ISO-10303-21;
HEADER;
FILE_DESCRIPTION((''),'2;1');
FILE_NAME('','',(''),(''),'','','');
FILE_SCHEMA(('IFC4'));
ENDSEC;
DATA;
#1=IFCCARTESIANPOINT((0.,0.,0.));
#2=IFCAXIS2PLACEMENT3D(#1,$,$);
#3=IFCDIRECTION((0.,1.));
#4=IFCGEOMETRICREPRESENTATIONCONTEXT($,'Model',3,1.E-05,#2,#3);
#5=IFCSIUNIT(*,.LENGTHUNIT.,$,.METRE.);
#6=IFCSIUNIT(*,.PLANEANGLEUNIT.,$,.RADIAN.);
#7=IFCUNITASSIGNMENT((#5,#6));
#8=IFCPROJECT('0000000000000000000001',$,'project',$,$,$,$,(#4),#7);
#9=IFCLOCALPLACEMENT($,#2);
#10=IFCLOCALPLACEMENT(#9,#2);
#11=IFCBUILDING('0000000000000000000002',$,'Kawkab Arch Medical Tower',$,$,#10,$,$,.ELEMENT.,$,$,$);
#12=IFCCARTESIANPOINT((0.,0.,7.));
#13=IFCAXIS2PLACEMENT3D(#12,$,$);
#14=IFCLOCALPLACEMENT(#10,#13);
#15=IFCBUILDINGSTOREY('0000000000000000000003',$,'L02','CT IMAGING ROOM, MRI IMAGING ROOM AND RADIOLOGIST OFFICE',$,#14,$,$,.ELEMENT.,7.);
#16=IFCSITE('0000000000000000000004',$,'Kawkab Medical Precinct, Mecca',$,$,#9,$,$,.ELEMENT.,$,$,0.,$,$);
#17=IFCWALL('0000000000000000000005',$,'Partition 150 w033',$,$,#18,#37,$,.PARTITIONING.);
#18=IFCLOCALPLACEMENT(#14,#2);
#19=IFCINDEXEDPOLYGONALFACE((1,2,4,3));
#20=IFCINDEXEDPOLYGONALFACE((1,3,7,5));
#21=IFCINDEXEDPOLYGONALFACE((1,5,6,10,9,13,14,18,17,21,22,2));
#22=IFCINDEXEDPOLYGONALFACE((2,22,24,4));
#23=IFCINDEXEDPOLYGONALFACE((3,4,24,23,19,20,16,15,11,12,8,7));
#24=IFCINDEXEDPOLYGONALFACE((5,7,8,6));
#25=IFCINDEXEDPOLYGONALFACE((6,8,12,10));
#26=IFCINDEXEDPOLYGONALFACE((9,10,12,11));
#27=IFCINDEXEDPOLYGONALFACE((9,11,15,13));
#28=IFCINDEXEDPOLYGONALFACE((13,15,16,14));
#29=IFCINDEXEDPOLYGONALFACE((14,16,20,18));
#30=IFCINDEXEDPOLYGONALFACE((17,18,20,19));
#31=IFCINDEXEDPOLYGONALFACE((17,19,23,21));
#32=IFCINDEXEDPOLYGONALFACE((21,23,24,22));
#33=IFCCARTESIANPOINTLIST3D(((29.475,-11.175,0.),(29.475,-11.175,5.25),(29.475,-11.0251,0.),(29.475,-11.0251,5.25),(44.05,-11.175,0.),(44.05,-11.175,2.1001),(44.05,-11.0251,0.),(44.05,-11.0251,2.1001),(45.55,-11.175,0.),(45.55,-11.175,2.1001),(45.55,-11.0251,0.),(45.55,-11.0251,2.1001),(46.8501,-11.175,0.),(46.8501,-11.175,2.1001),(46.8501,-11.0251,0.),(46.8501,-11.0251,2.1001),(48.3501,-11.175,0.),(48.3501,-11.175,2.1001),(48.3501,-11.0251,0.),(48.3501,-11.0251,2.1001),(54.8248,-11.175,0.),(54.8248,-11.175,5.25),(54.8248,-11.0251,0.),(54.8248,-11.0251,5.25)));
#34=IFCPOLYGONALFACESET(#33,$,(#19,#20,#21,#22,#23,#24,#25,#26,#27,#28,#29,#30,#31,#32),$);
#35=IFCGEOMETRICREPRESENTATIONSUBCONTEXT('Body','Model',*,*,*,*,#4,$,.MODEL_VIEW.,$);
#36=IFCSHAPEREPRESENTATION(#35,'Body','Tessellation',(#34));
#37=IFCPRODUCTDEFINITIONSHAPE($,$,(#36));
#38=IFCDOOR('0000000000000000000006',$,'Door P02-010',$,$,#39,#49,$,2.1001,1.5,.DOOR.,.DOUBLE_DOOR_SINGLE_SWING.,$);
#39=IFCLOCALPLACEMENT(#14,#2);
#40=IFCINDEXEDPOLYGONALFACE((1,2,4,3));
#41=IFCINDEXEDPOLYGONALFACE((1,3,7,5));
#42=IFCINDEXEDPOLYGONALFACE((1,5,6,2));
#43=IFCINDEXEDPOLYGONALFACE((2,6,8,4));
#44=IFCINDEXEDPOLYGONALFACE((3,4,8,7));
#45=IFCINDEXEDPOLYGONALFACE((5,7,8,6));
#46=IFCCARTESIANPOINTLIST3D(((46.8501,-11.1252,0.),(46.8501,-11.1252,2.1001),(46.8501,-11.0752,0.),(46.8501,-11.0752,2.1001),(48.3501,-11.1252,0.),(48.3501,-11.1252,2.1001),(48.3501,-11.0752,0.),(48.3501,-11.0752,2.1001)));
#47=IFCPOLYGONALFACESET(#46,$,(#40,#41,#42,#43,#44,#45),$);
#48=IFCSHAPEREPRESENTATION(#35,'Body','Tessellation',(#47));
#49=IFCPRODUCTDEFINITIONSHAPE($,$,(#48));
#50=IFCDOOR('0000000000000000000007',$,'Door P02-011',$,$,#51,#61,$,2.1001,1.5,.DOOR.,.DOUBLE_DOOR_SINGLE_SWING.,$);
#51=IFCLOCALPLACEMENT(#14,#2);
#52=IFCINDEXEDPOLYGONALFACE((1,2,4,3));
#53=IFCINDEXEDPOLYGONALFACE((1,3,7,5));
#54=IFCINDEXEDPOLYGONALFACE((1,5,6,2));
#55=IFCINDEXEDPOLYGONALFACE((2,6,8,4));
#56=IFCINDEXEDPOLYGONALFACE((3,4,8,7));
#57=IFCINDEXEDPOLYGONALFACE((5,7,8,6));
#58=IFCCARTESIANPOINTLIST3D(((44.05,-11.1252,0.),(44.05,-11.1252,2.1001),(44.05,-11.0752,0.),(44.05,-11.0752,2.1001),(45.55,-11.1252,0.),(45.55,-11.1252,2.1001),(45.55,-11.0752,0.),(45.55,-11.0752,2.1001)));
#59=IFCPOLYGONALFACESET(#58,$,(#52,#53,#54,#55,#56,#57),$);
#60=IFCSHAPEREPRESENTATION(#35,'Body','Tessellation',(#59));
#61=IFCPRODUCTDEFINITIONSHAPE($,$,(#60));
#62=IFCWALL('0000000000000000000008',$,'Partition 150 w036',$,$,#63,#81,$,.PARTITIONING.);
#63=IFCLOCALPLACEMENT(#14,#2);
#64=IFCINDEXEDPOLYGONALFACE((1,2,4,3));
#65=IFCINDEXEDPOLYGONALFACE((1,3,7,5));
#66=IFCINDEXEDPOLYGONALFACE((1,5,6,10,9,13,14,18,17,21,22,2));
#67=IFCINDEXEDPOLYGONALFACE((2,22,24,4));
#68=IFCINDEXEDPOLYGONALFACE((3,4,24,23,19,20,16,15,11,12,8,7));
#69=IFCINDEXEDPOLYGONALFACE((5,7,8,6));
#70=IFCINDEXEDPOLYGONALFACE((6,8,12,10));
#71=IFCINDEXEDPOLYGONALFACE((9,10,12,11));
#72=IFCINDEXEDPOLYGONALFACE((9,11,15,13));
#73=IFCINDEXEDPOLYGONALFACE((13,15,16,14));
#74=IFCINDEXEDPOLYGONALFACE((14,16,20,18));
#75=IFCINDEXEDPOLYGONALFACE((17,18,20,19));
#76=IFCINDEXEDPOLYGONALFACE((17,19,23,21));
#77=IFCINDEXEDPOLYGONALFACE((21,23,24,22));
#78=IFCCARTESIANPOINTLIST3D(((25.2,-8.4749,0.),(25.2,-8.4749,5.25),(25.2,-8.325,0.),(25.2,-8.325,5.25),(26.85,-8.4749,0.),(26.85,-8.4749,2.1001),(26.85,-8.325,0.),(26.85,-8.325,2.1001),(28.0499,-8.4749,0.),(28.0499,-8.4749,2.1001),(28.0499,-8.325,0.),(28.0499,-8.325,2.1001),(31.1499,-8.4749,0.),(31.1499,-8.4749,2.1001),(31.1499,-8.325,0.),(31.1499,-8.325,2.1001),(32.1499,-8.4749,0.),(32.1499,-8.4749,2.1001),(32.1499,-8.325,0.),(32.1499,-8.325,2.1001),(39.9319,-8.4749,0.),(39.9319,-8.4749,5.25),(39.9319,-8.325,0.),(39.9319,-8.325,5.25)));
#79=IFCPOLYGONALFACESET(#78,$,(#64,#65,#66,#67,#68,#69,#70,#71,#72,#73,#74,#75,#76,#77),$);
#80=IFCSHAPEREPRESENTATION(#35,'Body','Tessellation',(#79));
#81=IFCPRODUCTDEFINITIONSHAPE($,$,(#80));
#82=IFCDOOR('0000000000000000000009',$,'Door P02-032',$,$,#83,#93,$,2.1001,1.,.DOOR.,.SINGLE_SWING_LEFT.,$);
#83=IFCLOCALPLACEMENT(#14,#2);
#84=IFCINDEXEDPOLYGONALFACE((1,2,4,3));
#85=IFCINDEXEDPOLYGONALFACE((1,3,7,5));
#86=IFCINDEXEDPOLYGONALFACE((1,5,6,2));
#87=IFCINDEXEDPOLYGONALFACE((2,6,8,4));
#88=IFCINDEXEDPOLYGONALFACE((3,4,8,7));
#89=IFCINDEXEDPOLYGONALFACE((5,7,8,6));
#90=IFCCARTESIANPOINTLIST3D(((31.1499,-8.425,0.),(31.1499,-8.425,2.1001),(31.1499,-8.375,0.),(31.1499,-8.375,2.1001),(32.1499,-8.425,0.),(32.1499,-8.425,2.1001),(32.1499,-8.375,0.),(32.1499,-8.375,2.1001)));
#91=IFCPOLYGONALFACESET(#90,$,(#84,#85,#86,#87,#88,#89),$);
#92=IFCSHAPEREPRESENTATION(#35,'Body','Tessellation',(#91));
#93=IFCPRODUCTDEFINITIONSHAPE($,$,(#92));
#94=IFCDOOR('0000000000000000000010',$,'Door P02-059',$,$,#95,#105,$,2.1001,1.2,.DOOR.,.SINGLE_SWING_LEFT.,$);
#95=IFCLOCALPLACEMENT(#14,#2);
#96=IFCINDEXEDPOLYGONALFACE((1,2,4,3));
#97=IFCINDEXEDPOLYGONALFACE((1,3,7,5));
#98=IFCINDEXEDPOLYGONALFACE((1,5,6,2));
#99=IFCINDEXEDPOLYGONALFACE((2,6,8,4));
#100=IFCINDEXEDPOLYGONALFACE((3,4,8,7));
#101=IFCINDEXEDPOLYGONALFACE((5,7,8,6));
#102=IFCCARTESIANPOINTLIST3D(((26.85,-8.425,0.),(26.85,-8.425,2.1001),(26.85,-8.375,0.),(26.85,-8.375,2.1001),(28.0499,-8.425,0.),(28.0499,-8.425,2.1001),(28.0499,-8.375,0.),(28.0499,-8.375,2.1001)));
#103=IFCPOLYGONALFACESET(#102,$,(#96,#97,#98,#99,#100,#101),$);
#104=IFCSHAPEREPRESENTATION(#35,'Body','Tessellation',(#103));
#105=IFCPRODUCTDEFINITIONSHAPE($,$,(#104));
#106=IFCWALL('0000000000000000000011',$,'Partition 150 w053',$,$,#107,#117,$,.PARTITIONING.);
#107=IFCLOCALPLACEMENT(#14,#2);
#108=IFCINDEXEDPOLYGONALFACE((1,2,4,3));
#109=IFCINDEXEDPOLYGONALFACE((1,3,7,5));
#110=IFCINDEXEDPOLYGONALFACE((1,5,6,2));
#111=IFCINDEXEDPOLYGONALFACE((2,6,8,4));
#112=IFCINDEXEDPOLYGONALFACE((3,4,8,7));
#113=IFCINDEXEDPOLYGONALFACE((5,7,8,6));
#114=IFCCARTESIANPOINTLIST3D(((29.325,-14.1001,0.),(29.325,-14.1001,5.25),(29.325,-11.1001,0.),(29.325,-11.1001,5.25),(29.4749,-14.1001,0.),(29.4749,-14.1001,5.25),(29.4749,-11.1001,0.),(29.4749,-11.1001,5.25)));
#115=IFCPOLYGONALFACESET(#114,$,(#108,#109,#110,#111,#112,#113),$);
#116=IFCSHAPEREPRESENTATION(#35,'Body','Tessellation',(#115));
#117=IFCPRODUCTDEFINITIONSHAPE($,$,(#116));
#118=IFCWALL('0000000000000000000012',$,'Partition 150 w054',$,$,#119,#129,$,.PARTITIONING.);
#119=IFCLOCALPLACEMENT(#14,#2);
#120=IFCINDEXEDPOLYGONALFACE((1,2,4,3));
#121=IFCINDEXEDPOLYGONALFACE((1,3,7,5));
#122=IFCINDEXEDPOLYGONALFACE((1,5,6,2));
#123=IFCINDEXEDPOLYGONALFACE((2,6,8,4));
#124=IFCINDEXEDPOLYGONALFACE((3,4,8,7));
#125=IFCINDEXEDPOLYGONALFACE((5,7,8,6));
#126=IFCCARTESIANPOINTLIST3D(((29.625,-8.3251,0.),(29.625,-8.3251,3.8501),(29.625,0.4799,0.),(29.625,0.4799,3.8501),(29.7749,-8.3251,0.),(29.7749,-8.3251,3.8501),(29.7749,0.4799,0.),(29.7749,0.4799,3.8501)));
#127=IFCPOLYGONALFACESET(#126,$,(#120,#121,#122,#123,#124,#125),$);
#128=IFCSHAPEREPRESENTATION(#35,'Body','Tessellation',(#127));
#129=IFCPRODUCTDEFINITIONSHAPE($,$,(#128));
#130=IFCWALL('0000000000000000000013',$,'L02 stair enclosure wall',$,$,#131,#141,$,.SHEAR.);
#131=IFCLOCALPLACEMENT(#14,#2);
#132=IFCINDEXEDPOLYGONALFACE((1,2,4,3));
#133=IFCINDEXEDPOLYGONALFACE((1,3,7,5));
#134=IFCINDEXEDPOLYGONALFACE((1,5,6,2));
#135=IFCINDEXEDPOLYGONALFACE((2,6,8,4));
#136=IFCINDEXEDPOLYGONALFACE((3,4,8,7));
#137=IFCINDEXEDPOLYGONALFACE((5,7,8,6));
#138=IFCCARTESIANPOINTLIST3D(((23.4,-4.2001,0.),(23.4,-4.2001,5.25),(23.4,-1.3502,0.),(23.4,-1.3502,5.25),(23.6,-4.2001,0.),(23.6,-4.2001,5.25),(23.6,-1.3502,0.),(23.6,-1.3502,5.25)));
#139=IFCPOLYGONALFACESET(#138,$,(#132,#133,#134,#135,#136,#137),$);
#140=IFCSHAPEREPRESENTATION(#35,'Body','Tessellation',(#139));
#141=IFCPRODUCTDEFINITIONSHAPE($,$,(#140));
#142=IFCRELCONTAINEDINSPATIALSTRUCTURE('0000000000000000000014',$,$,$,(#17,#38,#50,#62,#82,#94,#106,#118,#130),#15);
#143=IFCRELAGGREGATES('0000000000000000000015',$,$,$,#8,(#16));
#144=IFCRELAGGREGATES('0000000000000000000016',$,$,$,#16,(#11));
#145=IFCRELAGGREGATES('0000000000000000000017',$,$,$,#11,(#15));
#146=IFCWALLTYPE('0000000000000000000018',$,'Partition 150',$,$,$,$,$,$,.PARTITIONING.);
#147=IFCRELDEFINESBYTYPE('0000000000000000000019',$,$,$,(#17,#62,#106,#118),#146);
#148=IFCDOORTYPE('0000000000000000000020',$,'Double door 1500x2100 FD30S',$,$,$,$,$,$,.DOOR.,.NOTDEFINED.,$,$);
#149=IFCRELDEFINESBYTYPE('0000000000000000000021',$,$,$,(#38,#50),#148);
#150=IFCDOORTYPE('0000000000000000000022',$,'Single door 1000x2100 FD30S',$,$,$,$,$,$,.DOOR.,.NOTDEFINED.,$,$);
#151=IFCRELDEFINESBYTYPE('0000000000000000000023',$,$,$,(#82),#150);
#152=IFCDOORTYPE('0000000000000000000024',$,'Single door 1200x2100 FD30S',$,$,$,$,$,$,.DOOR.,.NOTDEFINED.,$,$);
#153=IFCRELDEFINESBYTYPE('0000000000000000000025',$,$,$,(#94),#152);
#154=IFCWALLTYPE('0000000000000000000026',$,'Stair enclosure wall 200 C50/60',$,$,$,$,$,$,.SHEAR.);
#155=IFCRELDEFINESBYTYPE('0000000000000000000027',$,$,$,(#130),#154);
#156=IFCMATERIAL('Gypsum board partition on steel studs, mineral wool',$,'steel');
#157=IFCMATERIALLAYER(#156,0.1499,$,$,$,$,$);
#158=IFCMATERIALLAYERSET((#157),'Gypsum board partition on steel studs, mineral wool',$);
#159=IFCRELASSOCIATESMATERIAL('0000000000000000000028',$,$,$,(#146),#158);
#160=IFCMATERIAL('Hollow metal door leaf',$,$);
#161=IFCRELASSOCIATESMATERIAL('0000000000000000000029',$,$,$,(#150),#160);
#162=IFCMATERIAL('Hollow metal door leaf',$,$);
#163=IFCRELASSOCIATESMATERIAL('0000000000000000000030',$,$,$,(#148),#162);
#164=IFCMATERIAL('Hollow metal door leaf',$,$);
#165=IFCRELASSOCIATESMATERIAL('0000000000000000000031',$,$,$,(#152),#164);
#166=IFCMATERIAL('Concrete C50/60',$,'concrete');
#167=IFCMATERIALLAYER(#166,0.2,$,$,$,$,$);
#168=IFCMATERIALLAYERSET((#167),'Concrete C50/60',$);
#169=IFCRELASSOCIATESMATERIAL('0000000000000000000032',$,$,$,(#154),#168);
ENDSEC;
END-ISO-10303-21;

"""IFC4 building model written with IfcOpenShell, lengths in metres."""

from ifc_helpers import new_model, si_unit, direction, frame, frame_2d, origin, place, context, subcontext, project, spatial, rectangle, extrude, material, layer, layer_set, type_object, element, fill, save


model = new_model("IFC4")

# Units and contexts
model_context = context("Model", 3, precision=1e-05, world=origin(), true_north=direction((0.0, 1.0)))
body_context = subcontext(model_context, "Body", "Model", "MODEL_VIEW")
ifc_project = project(units=[si_unit("LENGTHUNIT", "METRE"), si_unit("PLANEANGLEUNIT", "RADIAN")], contexts=[model_context])

# Site, building, storey
site_placement = place(None, origin())
site = spatial("IfcSite", under=ifc_project, at=site_placement, Name="Kawkab Medical Precinct, Mecca", CompositionType="ELEMENT", RefElevation=0.0)
building_placement = place(site_placement, origin())
building = spatial("IfcBuilding", under=site, at=building_placement, Name="Kawkab Arch Medical Tower", CompositionType="ELEMENT")
storey_placement = place(building_placement, frame((0.0, 0.0, 7.0)))
storey = spatial("IfcBuildingStorey", under=building, at=storey_placement, Name="L02", Description="CT IMAGING ROOM, MRI IMAGING ROOM AND RADIOLOGIST OFFICE", CompositionType="ELEMENT", Elevation=7.0)

# Shared definitions
ifc_material_1 = material(Name="Gypsum board partition on steel studs, mineral wool", Category="steel")
ifc_layer_1 = layer(ifc_material_1, 0.1499)
ifc_layer_set_1 = layer_set([ifc_layer_1], Name="Gypsum board partition on steel studs, mineral wool")
wall_type_1 = type_object("IfcWallType", Name="Partition 150", PredefinedType="PARTITIONING", material=ifc_layer_set_1)
ifc_material_2 = material(Name="Hollow metal door leaf")
door_type_1 = type_object("IfcDoorType", Name="Single door 1000x2100 FD30S", OperationType="NOTDEFINED", PredefinedType="DOOR", material=ifc_material_2)

# Walls, openings, doors
wall_1_placement = place(storey_placement, frame((29.4751, -11.1001, 0.0), z_axis=(0.0, 0.0, 1.0), x_axis=(1.0, 0.0, 0.0)))
wall_1 = element("IfcWall", 1, at=wall_1_placement, inside=storey, type_object=wall_type_1, Name="Partition 150 w033", PredefinedType="PARTITIONING", context=body_context, shape_type="SweptSolid", body=[
    extrude(rectangle(XDim=25.3499, YDim=0.1499, at=frame_2d((12.6748, 0.0))), origin(), (0.0, 0.0, 1.0), 5.25),
])
opening_1_placement = place(wall_1_placement, frame((17.375, 0.0, 0.0)))
opening_1 = element("IfcOpeningElement", 2, at=opening_1_placement, cuts=wall_1, PredefinedType="OPENING", context=body_context, shape_type="SweptSolid", body=[
    extrude(rectangle(XDim=1.5, YDim=2.1001, at=frame_2d((0.75, 1.05))), frame((0.0, 0.085, 0.0), z_axis=(0.0, -1.0, 0.0), x_axis=(1.0, 0.0, 0.0)), (0.0, 0.0, 1.0), 0.1699),
])
opening_2_placement = place(wall_1_placement, frame((14.575, 0.0, 0.0)))
opening_2 = element("IfcOpeningElement", 3, at=opening_2_placement, cuts=wall_1, PredefinedType="OPENING", context=body_context, shape_type="SweptSolid", body=[
    extrude(rectangle(XDim=1.5, YDim=2.1001, at=frame_2d((0.75, 1.05))), frame((0.0, 0.085, 0.0), z_axis=(0.0, -1.0, 0.0), x_axis=(1.0, 0.0, 0.0)), (0.0, 0.0, 1.0), 0.1699),
])
ifc_material_3 = material(Name="Hollow metal door leaf")
door_type_2 = type_object("IfcDoorType", Name="Double door 1500x2100 FD30S", OperationType="NOTDEFINED", PredefinedType="DOOR", material=ifc_material_3)
door_1_placement = place(opening_1_placement, origin())
door_1 = element("IfcDoor", 4, at=door_1_placement, inside=storey, type_object=door_type_2, Name="Door P02-010", OperationType="DOUBLE_DOOR_SINGLE_SWING", OverallHeight=2.1001, OverallWidth=1.5, PredefinedType="DOOR", context=body_context, shape_type="SweptSolid", body=[
    extrude(rectangle(XDim=1.5, YDim=2.1001, at=frame_2d((0.75, 1.05))), frame((0.0, 0.0249, 0.0), z_axis=(0.0, -1.0, 0.0), x_axis=(1.0, 0.0, 0.0)), (0.0, 0.0, 1.0), 0.05),
])
fill(opening_1, door_1)
door_2_placement = place(opening_2_placement, origin())
door_2 = element("IfcDoor", 5, at=door_2_placement, inside=storey, type_object=door_type_2, Name="Door P02-011", OperationType="DOUBLE_DOOR_SINGLE_SWING", OverallHeight=2.1001, OverallWidth=1.5, PredefinedType="DOOR", context=body_context, shape_type="SweptSolid", body=[
    extrude(rectangle(XDim=1.5, YDim=2.1001, at=frame_2d((0.75, 1.05))), frame((0.0, 0.0249, 0.0), z_axis=(0.0, -1.0, 0.0), x_axis=(1.0, 0.0, 0.0)), (0.0, 0.0, 1.0), 0.05),
])
fill(opening_2, door_2)
wall_2_placement = place(storey_placement, frame((25.2, -8.3999, 0.0), z_axis=(0.0, 0.0, 1.0), x_axis=(1.0, 0.0, 0.0)))
wall_2 = element("IfcWall", 6, at=wall_2_placement, inside=storey, type_object=wall_type_1, Name="Partition 150 w036", PredefinedType="PARTITIONING", context=body_context, shape_type="SweptSolid", body=[
    extrude(rectangle(XDim=14.7319, YDim=0.1499, at=frame_2d((7.366, 0.0))), origin(), (0.0, 0.0, 1.0), 5.25),
])
opening_3_placement = place(wall_2_placement, frame((1.6499, 0.0, 0.0)))
opening_3 = element("IfcOpeningElement", 7, at=opening_3_placement, cuts=wall_2, PredefinedType="OPENING", context=body_context, shape_type="SweptSolid", body=[
    extrude(rectangle(XDim=1.2, YDim=2.1001, at=frame_2d((0.6001, 1.05))), frame((0.0, 0.085, 0.0), z_axis=(0.0, -1.0, 0.0), x_axis=(1.0, 0.0, 0.0)), (0.0, 0.0, 1.0), 0.1699),
])
opening_4_placement = place(wall_2_placement, frame((5.95, 0.0, 0.0)))
opening_4 = element("IfcOpeningElement", 8, at=opening_4_placement, cuts=wall_2, PredefinedType="OPENING", context=body_context, shape_type="SweptSolid", body=[
    extrude(rectangle(XDim=1.0, YDim=2.1001, at=frame_2d((0.5, 1.05))), frame((0.0, 0.085, 0.0), z_axis=(0.0, -1.0, 0.0), x_axis=(1.0, 0.0, 0.0)), (0.0, 0.0, 1.0), 0.1699),
])
door_3_placement = place(opening_4_placement, origin())
door_3 = element("IfcDoor", 9, at=door_3_placement, inside=storey, type_object=door_type_1, Name="Door P02-032", OperationType="SINGLE_SWING_LEFT", OverallHeight=2.1001, OverallWidth=1.0, PredefinedType="DOOR", context=body_context, shape_type="SweptSolid", body=[
    extrude(rectangle(XDim=1.0, YDim=2.1001, at=frame_2d((0.5, 1.05))), frame((0.0, 0.0249, 0.0), z_axis=(0.0, -1.0, 0.0), x_axis=(1.0, 0.0, 0.0)), (0.0, 0.0, 1.0), 0.05),
])
fill(opening_4, door_3)
ifc_material_4 = material(Name="Hollow metal door leaf")
door_type_3 = type_object("IfcDoorType", Name="Single door 1200x2100 FD30S", OperationType="NOTDEFINED", PredefinedType="DOOR", material=ifc_material_4)
door_4_placement = place(opening_3_placement, origin())
door_4 = element("IfcDoor", 10, at=door_4_placement, inside=storey, type_object=door_type_3, Name="Door P02-059", OperationType="SINGLE_SWING_LEFT", OverallHeight=2.1001, OverallWidth=1.2, PredefinedType="DOOR", context=body_context, shape_type="SweptSolid", body=[
    extrude(rectangle(XDim=1.2, YDim=2.1001, at=frame_2d((0.6001, 1.05))), frame((0.0, 0.0249, 0.0), z_axis=(0.0, -1.0, 0.0), x_axis=(1.0, 0.0, 0.0)), (0.0, 0.0, 1.0), 0.05),
])
fill(opening_3, door_4)

# Walls
wall_3_placement = place(storey_placement, frame((29.3999, -14.1001, 0.0), z_axis=(0.0, 0.0, 1.0), x_axis=(0.0, 1.0, 0.0)))
element("IfcWall", 11, at=wall_3_placement, inside=storey, type_object=wall_type_1, Name="Partition 150 w053", PredefinedType="PARTITIONING", context=body_context, shape_type="SweptSolid", body=[
    extrude(rectangle(XDim=3.0, YDim=0.1499, at=frame_2d((1.5, 0.0))), origin(), (0.0, 0.0, 1.0), 5.25),
])
wall_4_placement = place(storey_placement, frame((29.7, -8.325, 0.0), z_axis=(0.0, 0.0, 1.0), x_axis=(0.0, 1.0, 0.0)))
element("IfcWall", 12, at=wall_4_placement, inside=storey, type_object=wall_type_1, Name="Partition 150 w054", PredefinedType="PARTITIONING", context=body_context, shape_type="SweptSolid", body=[
    extrude(rectangle(XDim=8.8049, YDim=0.1499, at=frame_2d((4.4023, 0.0))), origin(), (0.0, 0.0, 1.0), 3.8501),
])
ifc_material_5 = material(Name="Concrete C50/60", Category="concrete")
ifc_layer_2 = layer(ifc_material_5, 0.2)
ifc_layer_set_2 = layer_set([ifc_layer_2], Name="Concrete C50/60")
wall_type_2 = type_object("IfcWallType", Name="Stair enclosure wall 200 C50/60", PredefinedType="SHEAR", material=ifc_layer_set_2)
wall_5_placement = place(storey_placement, frame((23.5, -4.2, 0.0), z_axis=(0.0, 0.0, 1.0), x_axis=(0.0, 1.0, 0.0)))
element("IfcWall", 13, at=wall_5_placement, inside=storey, type_object=wall_type_2, Name="L02 stair enclosure wall", PredefinedType="SHEAR", context=body_context, shape_type="SweptSolid", body=[
    extrude(rectangle(XDim=2.8499, YDim=0.2, at=frame_2d((1.4248, 0.0))), origin(), (0.0, 0.0, 1.0), 5.25),
])

save(model, "model.ifc")
